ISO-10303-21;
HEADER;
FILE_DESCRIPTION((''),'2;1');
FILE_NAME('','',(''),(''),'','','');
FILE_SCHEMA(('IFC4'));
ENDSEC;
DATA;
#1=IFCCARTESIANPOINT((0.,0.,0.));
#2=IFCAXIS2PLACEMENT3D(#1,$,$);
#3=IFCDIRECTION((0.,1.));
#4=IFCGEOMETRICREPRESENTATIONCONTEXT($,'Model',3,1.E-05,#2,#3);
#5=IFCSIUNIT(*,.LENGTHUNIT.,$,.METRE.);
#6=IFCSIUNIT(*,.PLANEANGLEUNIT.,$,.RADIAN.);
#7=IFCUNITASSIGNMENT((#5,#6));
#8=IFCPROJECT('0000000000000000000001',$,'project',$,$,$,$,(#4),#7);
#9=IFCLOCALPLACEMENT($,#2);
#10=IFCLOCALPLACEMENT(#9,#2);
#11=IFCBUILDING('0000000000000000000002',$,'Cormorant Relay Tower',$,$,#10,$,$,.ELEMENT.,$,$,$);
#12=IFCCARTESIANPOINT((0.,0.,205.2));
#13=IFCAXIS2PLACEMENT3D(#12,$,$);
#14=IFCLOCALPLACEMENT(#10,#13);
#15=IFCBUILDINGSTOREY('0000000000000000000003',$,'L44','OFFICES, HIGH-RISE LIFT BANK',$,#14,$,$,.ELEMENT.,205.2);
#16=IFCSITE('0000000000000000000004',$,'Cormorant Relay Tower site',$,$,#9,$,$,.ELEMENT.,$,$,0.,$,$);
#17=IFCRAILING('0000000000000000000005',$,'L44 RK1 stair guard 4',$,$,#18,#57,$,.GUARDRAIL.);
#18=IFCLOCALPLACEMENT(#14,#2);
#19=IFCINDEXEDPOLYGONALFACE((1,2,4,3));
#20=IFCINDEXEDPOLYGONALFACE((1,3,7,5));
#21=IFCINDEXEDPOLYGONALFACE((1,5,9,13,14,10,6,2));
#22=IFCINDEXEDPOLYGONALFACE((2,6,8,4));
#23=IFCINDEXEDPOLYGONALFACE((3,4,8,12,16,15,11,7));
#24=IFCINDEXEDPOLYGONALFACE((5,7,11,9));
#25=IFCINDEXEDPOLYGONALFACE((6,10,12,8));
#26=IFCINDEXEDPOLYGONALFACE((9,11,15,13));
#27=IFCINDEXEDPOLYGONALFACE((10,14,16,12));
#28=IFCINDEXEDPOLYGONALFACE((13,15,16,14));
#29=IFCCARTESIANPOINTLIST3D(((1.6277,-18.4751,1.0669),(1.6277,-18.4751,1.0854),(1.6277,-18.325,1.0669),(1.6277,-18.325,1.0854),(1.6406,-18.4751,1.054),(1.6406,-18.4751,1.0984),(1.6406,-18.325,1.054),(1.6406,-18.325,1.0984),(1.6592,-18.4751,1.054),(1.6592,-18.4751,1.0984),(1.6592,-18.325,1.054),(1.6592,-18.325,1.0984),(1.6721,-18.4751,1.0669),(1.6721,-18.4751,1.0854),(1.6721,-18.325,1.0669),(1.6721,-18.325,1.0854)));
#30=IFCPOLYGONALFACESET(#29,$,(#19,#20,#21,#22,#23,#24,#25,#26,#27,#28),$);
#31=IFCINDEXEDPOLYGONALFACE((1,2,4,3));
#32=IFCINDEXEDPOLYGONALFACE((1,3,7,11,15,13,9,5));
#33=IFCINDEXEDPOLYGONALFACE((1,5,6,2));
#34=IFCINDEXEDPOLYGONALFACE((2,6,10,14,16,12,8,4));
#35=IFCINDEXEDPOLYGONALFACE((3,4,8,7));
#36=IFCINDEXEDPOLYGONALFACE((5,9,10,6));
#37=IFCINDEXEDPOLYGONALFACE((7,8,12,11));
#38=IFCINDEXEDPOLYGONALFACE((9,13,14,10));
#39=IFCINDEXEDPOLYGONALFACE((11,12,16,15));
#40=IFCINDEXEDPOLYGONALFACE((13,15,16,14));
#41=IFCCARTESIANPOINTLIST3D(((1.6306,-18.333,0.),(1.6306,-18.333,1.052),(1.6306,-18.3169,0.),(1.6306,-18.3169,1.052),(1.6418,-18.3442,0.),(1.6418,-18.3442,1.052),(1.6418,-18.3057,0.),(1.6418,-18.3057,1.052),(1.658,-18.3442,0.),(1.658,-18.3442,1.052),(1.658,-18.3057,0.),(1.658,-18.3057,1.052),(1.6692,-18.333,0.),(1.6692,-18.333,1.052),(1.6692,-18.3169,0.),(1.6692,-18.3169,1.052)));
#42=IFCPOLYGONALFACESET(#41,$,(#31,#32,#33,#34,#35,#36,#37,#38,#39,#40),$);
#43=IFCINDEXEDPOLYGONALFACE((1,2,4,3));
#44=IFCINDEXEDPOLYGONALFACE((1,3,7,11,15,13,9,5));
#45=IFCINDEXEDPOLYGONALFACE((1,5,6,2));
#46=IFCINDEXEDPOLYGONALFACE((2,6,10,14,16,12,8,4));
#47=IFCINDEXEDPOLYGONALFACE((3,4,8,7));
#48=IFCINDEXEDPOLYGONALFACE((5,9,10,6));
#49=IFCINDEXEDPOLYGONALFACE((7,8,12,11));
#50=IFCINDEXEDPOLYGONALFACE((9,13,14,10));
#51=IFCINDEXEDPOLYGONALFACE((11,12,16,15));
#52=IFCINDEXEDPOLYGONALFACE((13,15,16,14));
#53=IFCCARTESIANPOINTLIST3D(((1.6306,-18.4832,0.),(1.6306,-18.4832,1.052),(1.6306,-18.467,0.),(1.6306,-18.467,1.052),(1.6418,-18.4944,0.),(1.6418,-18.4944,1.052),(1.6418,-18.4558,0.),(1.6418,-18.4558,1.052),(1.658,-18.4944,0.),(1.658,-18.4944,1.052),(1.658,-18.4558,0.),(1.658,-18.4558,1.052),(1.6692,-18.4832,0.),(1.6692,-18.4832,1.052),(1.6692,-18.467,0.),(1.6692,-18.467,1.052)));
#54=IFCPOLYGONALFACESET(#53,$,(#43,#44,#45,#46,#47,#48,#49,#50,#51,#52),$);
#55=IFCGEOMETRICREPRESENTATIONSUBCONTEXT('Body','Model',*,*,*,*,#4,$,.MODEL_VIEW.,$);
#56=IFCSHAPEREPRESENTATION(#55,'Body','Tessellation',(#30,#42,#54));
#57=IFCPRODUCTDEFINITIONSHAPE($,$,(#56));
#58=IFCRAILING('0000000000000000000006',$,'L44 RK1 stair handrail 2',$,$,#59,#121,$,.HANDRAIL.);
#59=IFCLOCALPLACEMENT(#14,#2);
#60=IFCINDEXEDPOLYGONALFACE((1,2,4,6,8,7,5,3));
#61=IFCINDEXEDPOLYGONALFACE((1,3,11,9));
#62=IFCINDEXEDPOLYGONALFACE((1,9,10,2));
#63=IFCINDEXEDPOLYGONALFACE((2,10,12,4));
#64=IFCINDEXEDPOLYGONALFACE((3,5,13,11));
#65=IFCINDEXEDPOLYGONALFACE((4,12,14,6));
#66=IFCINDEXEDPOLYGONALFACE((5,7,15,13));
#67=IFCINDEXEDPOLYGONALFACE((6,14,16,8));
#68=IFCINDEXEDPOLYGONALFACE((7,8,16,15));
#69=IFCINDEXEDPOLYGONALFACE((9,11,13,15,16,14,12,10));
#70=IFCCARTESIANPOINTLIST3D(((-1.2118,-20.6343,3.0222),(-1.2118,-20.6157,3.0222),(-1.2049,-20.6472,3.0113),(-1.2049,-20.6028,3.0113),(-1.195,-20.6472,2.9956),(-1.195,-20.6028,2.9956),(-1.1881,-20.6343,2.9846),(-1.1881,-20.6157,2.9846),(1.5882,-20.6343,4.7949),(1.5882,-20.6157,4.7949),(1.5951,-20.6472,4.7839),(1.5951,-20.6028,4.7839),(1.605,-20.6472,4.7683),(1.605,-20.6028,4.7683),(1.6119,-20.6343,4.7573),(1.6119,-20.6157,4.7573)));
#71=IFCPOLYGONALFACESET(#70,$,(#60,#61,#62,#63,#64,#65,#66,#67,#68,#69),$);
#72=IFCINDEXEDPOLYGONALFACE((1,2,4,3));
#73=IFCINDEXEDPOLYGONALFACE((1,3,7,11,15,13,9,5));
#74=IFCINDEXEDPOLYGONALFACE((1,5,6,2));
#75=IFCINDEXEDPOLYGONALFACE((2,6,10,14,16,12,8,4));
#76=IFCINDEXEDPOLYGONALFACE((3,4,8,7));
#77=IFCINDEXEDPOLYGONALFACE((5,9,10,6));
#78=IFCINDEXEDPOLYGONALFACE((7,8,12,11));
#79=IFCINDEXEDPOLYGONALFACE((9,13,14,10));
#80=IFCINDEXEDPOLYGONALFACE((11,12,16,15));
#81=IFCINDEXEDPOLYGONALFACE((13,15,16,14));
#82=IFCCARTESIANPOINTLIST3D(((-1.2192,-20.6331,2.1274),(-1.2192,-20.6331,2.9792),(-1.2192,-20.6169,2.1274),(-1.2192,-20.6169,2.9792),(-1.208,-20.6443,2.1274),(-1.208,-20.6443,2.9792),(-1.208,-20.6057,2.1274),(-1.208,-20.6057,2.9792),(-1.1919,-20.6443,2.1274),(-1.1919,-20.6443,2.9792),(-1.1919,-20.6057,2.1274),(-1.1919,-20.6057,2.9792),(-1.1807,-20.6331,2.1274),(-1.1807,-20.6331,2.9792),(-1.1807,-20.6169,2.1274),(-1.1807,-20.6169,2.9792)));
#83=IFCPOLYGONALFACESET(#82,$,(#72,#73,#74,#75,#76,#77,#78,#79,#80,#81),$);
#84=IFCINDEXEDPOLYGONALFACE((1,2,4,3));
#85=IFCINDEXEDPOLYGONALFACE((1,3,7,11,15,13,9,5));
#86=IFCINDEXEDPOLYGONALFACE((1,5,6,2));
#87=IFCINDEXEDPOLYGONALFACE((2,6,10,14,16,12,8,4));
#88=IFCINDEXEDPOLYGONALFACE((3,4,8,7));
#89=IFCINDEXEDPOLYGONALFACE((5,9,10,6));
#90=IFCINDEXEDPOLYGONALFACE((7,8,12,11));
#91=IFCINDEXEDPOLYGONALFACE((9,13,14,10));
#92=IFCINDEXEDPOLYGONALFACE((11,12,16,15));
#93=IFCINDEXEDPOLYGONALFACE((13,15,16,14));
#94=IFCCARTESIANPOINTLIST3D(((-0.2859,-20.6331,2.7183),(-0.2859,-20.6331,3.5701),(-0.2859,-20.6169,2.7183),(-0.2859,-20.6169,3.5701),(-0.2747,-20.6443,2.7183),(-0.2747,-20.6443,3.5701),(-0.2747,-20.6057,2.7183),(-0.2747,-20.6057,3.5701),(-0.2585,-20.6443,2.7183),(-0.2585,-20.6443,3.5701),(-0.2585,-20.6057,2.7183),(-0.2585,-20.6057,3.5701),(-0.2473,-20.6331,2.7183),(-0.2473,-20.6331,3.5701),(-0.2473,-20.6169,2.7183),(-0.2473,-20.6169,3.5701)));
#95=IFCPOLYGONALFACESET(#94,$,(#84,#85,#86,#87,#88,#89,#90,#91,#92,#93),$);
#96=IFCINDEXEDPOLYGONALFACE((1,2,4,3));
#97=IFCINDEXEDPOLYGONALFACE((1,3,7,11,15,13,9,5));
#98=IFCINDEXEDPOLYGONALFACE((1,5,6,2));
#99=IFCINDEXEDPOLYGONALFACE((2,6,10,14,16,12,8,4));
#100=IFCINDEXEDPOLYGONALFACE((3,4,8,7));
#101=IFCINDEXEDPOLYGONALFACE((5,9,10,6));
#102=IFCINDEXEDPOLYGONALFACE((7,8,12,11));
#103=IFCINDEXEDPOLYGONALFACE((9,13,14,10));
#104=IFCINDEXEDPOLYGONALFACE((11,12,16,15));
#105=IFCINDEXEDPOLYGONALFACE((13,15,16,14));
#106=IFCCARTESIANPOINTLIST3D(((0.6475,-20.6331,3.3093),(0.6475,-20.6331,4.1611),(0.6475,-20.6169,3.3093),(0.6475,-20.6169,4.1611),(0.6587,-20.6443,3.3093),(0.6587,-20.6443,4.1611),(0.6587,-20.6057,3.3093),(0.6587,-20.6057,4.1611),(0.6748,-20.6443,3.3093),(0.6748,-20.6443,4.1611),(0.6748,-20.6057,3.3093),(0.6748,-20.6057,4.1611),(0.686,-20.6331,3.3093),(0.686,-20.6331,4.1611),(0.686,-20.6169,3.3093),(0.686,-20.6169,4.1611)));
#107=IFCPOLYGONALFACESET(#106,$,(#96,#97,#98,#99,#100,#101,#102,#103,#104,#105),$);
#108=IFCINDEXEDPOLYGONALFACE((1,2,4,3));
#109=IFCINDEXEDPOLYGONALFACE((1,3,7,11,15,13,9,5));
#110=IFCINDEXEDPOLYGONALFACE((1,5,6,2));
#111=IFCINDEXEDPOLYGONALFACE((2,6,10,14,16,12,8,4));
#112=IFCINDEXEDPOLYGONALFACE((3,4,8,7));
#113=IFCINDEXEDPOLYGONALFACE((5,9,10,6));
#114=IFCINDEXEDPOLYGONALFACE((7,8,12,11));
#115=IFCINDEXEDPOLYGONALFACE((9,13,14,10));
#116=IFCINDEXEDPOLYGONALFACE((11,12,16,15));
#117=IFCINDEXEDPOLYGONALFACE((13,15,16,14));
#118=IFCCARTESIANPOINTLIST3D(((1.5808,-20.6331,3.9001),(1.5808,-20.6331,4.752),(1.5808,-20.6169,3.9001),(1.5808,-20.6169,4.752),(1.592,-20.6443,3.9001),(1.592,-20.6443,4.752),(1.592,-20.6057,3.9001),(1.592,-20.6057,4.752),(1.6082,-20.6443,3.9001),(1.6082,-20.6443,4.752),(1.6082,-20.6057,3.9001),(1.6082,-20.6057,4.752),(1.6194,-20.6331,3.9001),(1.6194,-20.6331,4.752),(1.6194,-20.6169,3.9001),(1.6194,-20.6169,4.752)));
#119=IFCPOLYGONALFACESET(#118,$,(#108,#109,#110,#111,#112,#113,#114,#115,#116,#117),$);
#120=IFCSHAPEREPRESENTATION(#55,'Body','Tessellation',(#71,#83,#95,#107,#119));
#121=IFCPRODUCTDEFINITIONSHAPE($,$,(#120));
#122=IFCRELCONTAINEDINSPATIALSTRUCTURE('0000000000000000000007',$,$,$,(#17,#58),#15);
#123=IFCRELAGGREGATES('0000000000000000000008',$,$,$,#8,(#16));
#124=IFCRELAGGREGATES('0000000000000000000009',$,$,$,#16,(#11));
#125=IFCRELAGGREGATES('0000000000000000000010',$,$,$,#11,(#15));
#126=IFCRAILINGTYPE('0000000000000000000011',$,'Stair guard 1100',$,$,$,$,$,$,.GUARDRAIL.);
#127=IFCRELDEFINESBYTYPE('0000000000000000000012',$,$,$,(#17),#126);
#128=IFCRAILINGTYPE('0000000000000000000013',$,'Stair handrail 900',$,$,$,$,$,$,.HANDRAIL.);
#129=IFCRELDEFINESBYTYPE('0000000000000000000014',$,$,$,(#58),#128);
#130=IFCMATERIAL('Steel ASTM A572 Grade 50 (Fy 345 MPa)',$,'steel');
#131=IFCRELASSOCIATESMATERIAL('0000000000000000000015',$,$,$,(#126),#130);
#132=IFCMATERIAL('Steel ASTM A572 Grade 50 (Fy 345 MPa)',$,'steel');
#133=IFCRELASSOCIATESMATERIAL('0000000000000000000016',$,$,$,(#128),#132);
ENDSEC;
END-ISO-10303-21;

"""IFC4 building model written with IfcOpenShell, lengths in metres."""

from ifc_helpers import new_model, si_unit, direction, frame, origin, place, context, subcontext, project, spatial, polyline, outline, extrude, material, type_object, element, save


model = new_model("IFC4")

# Units and contexts
model_context = context("Model", 3, precision=1e-05, world=origin(), true_north=direction((0.0, 1.0)))
body_context = subcontext(model_context, "Body", "Model", "MODEL_VIEW")
ifc_project = project(units=[si_unit("LENGTHUNIT", "METRE"), si_unit("PLANEANGLEUNIT", "RADIAN")], contexts=[model_context])

# Site, building, storey
site_placement = place(None, origin())
site = spatial("IfcSite", under=ifc_project, at=site_placement, Name="Cormorant Relay Tower site", CompositionType="ELEMENT", RefElevation=0.0)
building_placement = place(site_placement, origin())
building = spatial("IfcBuilding", under=site, at=building_placement, Name="Cormorant Relay Tower", CompositionType="ELEMENT")
storey_placement = place(building_placement, frame((0.0, 0.0, 205.2)))
storey = spatial("IfcBuildingStorey", under=building, at=storey_placement, Name="L44", Description="OFFICES, HIGH-RISE LIFT BANK", CompositionType="ELEMENT", Elevation=205.2)

# Railings
ifc_material_1 = material(Name="Steel ASTM A572 Grade 50 (Fy 345 MPa)", Category="steel")
railing_type_1 = type_object("IfcRailingType", Name="Stair guard 1100", PredefinedType="GUARDRAIL", material=ifc_material_1)
railing_1_placement = place(storey_placement, frame((1.6499, -18.325, 0.0)))
element("IfcRailing", 1, at=railing_1_placement, inside=storey, type_object=railing_type_1, Name="L44 RK1 stair guard 4", PredefinedType="GUARDRAIL", context=body_context, shape_type="SweptSolid", body=[
    extrude(outline(polyline([(0.0222, 0.0093), (0.0093, 0.0222), (-0.0093, 0.0222), (-0.0222, 0.0093), (-0.0222, -0.0093), (-0.0093, -0.0222), (0.0093, -0.0222), (0.0222, -0.0093), (0.0222, 0.0093)])), frame((0.0, 0.0, 1.0762), z_axis=(0.0, -1.0, 0.0), x_axis=(1.0, 0.0, 0.0)), (0.0, 0.0, 1.0), 0.1501),
    extrude(outline(polyline([(0.0193, 0.0081), (0.0081, 0.0193), (-0.0081, 0.0193), (-0.0193, 0.0081), (-0.0193, -0.0081), (-0.0081, -0.0193), (0.0081, -0.0193), (0.0193, -0.0081), (0.0193, 0.0081)])), origin(), (0.0, 0.0, 1.0), 1.052),
    extrude(outline(polyline([(0.0193, 0.0081), (0.0081, 0.0193), (-0.0081, 0.0193), (-0.0193, 0.0081), (-0.0193, -0.0081), (-0.0081, -0.0193), (0.0081, -0.0193), (0.0193, -0.0081), (0.0193, 0.0081)])), frame((0.0, -0.1501, 0.0)), (0.0, 0.0, 1.0), 1.052),
])
ifc_material_2 = material(Name="Steel ASTM A572 Grade 50 (Fy 345 MPa)", Category="steel")
railing_type_2 = type_object("IfcRailingType", Name="Stair handrail 900", PredefinedType="HANDRAIL", material=ifc_material_2)
railing_2_placement = place(storey_placement, frame((-1.2, -20.625, 2.1274)))
element("IfcRailing", 2, at=railing_2_placement, inside=storey, type_object=railing_type_2, Name="L44 RK1 stair handrail 2", PredefinedType="HANDRAIL", context=body_context, shape_type="SweptSolid", body=[
    extrude(outline(polyline([(0.0222, 0.0093), (0.0093, 0.0222), (-0.0093, 0.0222), (-0.0222, 0.0093), (-0.0222, -0.0093), (-0.0093, -0.0222), (0.0093, -0.0222), (0.0222, -0.0093), (0.0222, 0.0093)])), frame((0.0, 0.0, 0.876), z_axis=(0.844909, 0.0, 0.53491), x_axis=(0.0, 1.0, 0.0)), (0.0, 0.0, 1.0), 3.314),
    extrude(outline(polyline([(0.0193, 0.0081), (0.0081, 0.0193), (-0.0081, 0.0193), (-0.0193, 0.0081), (-0.0193, -0.0081), (-0.0081, -0.0193), (0.0081, -0.0193), (0.0193, -0.0081), (0.0193, 0.0081)])), origin(), (0.0, 0.0, 1.0), 0.8518),
    extrude(outline(polyline([(0.0193, 0.0081), (0.0081, 0.0193), (-0.0081, 0.0193), (-0.0193, 0.0081), (-0.0193, -0.0081), (-0.0081, -0.0193), (0.0081, -0.0193), (0.0193, -0.0081), (0.0193, 0.0081)])), frame((0.9333, 0.0, 0.5908)), (0.0, 0.0, 1.0), 0.8518),
    extrude(outline(polyline([(0.0193, 0.0081), (0.0081, 0.0193), (-0.0081, 0.0193), (-0.0193, 0.0081), (-0.0193, -0.0081), (-0.0081, -0.0193), (0.0081, -0.0193), (0.0193, -0.0081), (0.0193, 0.0081)])), frame((1.8667, 0.0, 1.1819)), (0.0, 0.0, 1.0), 0.8518),
    extrude(outline(polyline([(0.0193, 0.0081), (0.0081, 0.0193), (-0.0081, 0.0193), (-0.0193, 0.0081), (-0.0193, -0.0081), (-0.0081, -0.0193), (0.0081, -0.0193), (0.0193, -0.0081), (0.0193, 0.0081)])), frame((2.8, 0.0, 1.7727)), (0.0, 0.0, 1.0), 0.8518),
])

save(model, "model.ifc")
